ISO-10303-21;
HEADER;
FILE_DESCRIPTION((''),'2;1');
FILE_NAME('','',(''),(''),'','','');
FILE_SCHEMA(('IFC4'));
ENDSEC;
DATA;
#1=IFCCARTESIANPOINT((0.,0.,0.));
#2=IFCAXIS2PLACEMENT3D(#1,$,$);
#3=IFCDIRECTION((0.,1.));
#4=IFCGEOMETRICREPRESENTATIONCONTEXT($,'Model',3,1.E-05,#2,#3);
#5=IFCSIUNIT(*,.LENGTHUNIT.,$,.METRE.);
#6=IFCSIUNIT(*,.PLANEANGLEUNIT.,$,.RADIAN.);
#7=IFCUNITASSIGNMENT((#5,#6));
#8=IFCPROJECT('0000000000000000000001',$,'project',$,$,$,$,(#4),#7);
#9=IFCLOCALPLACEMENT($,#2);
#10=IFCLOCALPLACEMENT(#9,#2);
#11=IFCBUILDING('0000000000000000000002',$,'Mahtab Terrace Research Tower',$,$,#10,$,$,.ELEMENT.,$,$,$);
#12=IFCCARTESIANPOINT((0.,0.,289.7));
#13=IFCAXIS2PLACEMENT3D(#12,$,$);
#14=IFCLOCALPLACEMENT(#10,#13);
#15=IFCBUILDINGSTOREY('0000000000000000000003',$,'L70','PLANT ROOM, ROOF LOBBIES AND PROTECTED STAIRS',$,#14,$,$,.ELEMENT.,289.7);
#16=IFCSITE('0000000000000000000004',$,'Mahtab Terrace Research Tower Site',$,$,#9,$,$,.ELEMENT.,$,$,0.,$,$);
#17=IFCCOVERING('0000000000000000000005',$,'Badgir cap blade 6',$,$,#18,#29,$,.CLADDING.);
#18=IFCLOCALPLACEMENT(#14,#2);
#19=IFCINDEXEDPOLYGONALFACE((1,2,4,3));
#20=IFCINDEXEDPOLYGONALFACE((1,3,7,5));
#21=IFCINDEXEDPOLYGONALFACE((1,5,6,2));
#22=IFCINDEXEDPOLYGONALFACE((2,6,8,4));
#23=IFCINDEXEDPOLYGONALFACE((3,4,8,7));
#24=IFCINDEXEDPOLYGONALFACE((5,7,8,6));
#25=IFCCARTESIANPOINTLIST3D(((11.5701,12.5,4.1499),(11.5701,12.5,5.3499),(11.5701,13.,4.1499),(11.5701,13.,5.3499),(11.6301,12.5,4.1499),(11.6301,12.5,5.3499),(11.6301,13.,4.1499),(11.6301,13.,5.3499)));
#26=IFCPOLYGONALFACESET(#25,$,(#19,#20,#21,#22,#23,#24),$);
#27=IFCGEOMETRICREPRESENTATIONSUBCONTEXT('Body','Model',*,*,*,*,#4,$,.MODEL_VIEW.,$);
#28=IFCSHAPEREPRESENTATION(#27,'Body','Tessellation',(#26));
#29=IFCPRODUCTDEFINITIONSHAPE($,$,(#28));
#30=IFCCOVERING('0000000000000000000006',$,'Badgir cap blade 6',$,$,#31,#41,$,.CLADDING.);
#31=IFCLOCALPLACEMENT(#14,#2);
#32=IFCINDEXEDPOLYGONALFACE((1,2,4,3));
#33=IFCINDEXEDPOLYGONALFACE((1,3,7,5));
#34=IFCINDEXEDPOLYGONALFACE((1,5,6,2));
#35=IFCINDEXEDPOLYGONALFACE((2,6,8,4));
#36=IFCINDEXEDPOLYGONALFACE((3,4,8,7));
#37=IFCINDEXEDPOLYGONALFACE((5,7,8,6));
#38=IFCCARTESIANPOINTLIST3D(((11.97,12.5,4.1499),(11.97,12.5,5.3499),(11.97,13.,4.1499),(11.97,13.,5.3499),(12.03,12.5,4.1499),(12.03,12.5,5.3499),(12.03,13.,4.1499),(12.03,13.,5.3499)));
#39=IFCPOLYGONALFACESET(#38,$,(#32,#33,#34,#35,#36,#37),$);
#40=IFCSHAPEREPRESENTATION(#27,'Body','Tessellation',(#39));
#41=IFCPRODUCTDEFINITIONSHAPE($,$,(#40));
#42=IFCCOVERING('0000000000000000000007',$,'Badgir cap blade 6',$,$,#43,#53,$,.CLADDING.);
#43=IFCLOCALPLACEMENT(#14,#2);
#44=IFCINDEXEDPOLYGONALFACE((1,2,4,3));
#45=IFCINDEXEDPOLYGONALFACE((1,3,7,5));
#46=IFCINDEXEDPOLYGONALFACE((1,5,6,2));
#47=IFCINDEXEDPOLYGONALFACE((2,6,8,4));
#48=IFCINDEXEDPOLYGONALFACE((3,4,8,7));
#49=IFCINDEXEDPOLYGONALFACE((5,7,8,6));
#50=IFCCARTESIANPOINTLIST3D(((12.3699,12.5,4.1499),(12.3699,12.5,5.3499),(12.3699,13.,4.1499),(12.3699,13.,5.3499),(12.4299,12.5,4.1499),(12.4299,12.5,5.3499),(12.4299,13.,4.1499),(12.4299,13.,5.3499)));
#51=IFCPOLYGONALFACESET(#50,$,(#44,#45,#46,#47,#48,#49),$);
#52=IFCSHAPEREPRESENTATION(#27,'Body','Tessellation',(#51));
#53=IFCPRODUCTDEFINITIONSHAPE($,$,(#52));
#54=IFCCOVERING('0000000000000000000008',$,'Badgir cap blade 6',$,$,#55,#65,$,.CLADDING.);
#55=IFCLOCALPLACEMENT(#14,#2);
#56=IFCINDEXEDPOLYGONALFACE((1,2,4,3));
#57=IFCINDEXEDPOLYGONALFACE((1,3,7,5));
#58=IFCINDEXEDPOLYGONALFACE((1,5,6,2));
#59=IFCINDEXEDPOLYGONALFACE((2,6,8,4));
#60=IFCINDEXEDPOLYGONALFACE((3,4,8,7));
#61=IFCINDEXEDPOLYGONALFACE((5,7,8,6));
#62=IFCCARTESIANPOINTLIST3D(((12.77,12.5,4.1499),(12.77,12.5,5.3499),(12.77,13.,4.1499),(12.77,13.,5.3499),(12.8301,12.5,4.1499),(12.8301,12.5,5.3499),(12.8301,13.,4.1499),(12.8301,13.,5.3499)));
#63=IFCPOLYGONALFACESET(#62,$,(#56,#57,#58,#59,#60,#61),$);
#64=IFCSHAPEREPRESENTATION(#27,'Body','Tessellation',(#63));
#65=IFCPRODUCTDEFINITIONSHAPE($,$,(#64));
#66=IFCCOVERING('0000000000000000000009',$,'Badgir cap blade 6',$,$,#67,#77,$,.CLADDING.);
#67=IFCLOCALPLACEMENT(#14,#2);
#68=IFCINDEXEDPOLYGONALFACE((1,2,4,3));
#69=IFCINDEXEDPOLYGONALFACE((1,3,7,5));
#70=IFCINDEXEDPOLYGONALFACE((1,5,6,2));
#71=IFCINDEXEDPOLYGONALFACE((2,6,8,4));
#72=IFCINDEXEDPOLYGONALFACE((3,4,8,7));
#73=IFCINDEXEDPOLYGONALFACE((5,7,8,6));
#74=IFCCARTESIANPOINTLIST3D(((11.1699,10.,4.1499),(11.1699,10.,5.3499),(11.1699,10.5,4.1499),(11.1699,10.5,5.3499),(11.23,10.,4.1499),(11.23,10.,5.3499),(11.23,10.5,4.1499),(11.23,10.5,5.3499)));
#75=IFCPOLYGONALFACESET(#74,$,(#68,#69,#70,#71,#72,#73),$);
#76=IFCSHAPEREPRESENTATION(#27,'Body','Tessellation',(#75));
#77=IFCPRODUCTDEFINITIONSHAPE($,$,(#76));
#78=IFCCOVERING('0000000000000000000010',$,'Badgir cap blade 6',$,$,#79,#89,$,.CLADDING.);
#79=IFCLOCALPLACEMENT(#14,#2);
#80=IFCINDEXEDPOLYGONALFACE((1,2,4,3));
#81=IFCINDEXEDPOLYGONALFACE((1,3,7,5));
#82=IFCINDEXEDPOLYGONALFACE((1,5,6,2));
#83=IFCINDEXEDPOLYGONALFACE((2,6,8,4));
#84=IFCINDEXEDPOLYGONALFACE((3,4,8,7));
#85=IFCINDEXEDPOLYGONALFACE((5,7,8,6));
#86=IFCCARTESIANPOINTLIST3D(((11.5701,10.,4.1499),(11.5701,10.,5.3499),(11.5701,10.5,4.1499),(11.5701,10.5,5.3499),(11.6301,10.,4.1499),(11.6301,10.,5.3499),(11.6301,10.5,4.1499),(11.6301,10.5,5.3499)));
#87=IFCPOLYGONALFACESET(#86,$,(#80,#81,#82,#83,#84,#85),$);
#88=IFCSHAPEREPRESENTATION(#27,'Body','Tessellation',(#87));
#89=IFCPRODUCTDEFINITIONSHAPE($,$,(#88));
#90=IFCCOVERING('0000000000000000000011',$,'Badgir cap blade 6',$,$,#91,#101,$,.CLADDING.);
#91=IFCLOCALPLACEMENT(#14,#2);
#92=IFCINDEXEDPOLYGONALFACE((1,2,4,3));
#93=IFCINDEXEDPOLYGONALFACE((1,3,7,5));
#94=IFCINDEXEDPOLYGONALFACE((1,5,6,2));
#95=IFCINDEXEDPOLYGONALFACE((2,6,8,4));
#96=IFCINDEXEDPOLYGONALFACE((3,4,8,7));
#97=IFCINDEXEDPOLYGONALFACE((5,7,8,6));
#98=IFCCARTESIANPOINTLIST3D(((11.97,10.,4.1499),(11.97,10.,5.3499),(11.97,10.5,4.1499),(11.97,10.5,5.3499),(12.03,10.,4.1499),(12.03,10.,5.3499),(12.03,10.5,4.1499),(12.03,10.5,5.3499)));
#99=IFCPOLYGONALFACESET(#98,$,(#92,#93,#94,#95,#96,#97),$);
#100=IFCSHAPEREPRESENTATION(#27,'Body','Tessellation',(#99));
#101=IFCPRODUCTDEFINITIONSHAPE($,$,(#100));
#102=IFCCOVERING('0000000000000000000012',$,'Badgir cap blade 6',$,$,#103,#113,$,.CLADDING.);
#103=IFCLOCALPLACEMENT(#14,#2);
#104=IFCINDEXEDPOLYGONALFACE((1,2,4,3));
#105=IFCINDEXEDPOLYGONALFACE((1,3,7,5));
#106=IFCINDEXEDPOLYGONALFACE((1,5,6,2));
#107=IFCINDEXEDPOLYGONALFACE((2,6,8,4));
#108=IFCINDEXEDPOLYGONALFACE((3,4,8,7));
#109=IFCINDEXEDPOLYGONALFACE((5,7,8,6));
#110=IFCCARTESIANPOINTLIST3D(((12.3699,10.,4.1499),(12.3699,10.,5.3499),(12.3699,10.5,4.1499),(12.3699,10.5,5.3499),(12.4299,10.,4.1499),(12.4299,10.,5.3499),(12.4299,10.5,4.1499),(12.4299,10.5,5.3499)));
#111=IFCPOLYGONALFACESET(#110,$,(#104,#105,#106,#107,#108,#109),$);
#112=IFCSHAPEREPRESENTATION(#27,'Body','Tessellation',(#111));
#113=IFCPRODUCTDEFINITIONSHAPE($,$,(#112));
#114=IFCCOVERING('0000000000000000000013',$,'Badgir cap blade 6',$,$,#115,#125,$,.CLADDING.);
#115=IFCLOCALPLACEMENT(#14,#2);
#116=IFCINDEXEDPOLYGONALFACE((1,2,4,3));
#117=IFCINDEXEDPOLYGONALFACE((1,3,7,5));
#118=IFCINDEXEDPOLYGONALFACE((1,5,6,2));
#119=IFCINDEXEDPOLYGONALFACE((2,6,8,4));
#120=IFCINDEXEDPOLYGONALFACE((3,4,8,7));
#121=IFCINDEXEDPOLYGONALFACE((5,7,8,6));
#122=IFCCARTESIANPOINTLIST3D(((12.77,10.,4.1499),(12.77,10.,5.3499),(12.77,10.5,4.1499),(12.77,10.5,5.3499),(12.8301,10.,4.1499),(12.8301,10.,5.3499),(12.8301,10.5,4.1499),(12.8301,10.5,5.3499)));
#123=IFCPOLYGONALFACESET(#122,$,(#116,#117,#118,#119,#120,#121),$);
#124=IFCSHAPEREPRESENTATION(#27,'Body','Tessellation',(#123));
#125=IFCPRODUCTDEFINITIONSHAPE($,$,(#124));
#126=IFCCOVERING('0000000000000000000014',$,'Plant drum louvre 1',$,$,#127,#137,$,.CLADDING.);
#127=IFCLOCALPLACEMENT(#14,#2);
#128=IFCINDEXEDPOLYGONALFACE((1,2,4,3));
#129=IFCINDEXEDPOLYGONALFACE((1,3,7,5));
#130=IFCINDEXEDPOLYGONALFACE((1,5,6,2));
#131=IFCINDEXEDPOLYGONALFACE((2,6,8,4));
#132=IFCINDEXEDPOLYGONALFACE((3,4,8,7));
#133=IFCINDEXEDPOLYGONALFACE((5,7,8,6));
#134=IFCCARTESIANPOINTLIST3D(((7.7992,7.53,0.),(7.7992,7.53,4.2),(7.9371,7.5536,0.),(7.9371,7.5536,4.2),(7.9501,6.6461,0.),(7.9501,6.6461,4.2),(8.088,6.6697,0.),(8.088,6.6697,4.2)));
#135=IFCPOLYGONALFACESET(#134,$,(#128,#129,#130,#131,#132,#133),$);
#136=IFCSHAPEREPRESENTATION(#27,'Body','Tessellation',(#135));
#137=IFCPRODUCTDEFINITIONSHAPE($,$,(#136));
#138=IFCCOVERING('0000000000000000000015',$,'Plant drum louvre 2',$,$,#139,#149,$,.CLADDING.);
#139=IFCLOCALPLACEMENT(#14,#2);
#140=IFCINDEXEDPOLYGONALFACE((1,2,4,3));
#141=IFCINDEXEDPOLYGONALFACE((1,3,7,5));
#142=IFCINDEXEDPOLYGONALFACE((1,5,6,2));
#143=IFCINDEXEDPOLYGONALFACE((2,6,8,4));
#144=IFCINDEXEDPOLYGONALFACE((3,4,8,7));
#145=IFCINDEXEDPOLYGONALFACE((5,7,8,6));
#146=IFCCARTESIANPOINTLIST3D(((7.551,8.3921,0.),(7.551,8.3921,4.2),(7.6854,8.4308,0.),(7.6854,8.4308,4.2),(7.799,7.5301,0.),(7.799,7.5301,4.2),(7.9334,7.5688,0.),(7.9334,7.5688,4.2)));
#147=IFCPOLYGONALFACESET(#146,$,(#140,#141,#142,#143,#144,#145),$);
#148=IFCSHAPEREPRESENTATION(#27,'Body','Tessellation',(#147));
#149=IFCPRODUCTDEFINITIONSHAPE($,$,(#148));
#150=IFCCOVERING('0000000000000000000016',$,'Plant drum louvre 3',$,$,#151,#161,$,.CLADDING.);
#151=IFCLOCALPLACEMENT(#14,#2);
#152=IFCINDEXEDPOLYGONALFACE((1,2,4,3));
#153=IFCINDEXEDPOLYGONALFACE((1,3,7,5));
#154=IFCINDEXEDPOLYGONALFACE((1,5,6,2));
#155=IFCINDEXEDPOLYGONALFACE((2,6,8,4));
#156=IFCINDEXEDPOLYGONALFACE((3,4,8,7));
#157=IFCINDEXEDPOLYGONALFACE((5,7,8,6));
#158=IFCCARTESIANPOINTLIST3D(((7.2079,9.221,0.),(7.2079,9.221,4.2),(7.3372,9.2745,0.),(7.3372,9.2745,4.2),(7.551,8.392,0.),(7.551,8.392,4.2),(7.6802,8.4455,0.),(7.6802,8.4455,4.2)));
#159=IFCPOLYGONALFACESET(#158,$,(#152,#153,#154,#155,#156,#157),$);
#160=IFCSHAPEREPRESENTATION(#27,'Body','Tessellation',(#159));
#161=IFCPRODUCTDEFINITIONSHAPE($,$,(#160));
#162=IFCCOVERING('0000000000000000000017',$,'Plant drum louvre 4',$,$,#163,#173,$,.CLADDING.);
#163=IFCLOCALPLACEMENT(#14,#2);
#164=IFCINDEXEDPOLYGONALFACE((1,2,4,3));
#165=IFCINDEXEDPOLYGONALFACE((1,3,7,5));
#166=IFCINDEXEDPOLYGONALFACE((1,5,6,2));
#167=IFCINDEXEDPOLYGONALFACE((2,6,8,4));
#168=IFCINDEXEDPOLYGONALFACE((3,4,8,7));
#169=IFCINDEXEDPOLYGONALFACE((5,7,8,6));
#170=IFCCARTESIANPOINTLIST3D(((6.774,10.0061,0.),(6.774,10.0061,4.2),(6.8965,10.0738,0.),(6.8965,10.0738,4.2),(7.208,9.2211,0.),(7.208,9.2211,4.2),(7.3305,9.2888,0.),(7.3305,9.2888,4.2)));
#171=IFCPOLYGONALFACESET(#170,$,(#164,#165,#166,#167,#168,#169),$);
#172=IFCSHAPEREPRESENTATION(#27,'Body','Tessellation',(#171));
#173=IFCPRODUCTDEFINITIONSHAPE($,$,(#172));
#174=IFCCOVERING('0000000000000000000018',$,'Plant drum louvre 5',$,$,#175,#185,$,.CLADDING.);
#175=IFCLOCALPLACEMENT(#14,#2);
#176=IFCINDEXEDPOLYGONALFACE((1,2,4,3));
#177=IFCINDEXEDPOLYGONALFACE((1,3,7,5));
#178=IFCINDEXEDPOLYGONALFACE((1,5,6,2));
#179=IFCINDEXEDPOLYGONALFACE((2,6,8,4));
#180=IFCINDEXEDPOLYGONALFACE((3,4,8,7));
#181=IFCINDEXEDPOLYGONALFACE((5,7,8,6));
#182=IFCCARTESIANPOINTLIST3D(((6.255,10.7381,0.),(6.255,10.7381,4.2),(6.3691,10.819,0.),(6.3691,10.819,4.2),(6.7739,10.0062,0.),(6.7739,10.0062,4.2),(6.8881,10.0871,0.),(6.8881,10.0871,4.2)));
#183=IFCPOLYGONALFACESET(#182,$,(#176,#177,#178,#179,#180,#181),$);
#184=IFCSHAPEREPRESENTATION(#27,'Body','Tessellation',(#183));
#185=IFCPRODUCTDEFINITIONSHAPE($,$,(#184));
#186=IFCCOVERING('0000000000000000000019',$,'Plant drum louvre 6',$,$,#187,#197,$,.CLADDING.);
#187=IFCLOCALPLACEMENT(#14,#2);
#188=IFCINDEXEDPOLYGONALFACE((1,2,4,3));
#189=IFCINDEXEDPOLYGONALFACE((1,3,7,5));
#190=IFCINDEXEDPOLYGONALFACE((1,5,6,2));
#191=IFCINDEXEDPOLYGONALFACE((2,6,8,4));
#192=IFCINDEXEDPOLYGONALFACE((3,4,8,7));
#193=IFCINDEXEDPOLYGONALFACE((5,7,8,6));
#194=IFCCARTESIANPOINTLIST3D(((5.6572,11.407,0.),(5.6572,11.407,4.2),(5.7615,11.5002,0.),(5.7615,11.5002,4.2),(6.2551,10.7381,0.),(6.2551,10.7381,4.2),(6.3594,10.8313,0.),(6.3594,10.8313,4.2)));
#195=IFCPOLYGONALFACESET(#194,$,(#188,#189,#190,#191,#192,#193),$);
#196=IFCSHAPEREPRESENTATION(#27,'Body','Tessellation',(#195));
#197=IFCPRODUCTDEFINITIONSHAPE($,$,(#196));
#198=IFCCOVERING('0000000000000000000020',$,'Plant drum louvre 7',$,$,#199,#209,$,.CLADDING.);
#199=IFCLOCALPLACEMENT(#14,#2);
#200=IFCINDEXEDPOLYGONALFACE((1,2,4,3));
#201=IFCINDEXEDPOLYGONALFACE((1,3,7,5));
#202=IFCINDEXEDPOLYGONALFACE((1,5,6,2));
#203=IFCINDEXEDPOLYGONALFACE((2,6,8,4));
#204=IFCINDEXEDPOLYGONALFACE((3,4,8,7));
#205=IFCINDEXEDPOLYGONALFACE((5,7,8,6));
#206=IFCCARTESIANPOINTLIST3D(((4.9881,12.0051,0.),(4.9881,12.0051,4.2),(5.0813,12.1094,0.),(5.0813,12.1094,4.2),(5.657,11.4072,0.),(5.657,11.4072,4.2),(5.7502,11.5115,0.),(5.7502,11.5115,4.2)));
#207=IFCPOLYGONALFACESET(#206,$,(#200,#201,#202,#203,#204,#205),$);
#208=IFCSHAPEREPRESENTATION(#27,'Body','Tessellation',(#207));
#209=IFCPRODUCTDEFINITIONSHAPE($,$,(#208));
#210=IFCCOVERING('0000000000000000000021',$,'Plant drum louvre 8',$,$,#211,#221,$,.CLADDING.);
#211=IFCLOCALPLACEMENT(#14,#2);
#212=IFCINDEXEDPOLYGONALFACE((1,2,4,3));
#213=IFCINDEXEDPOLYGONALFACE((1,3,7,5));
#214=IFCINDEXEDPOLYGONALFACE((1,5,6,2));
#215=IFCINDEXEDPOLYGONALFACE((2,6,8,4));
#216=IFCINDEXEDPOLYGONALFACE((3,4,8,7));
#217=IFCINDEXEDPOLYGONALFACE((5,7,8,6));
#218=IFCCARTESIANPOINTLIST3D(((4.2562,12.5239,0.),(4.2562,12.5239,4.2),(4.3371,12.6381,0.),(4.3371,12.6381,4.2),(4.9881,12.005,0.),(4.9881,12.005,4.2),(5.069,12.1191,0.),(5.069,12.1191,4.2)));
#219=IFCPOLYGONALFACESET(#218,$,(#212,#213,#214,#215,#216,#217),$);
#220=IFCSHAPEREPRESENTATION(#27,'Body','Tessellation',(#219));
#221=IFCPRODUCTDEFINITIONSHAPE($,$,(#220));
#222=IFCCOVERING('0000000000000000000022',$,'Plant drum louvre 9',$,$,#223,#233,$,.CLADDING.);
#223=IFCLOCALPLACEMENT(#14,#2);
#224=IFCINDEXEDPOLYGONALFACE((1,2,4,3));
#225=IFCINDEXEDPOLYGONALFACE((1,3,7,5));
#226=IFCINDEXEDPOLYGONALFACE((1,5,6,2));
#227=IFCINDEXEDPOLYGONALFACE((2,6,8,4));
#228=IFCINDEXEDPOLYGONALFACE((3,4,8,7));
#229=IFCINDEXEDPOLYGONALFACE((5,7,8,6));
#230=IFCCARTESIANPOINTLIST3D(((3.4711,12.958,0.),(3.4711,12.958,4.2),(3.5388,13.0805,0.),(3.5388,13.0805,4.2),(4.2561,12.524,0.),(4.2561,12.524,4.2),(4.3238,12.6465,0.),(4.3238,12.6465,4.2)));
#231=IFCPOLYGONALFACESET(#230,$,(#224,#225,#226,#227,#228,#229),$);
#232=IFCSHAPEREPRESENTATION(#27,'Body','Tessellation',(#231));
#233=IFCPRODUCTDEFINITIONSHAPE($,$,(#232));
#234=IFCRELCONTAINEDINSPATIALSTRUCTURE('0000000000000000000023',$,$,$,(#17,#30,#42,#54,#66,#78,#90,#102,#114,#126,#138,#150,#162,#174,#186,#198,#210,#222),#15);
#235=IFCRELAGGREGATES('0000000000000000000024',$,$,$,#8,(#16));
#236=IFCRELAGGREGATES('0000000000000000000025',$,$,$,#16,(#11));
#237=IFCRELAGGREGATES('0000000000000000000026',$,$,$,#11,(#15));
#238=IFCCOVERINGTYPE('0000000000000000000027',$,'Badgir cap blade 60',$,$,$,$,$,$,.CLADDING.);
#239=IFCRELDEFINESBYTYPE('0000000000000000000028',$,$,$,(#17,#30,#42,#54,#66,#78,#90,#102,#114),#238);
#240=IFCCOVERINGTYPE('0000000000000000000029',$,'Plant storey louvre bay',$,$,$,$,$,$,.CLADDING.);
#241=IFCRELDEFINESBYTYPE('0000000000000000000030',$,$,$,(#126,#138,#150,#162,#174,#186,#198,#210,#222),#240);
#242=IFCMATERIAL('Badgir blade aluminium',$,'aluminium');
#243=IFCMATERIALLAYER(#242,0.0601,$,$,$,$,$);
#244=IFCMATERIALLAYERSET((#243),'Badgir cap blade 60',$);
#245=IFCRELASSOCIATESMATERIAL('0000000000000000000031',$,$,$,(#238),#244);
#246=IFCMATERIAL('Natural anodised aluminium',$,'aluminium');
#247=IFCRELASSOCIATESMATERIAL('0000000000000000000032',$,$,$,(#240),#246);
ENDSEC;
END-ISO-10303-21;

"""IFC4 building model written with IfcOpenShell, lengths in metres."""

from ifc_helpers import new_model, si_unit, direction, frame, origin, origin_2d, place, context, subcontext, project, spatial, rectangle, extrude, material, layer, layer_set, type_object, element, save


model = new_model("IFC4")

# Units and contexts
model_context = context("Model", 3, precision=1e-05, world=origin(), true_north=direction((0.0, 1.0)))
body_context = subcontext(model_context, "Body", "Model", "MODEL_VIEW")
ifc_project = project(units=[si_unit("LENGTHUNIT", "METRE"), si_unit("PLANEANGLEUNIT", "RADIAN")], contexts=[model_context])

# Site, building, storey
site_placement = place(None, origin())
site = spatial("IfcSite", under=ifc_project, at=site_placement, Name="Mahtab Terrace Research Tower Site", CompositionType="ELEMENT", RefElevation=0.0)
building_placement = place(site_placement, origin())
building = spatial("IfcBuilding", under=site, at=building_placement, Name="Mahtab Terrace Research Tower", CompositionType="ELEMENT")
storey_placement = place(building_placement, frame((0.0, 0.0, 289.7)))
storey = spatial("IfcBuildingStorey", under=building, at=storey_placement, Name="L70", Description="PLANT ROOM, ROOF LOBBIES AND PROTECTED STAIRS", CompositionType="ELEMENT", Elevation=289.7)

# Coverings
ifc_material_1 = material(Name="Badgir blade aluminium", Category="aluminium")
ifc_layer_1 = layer(ifc_material_1, 0.0601)
ifc_layer_set_1 = layer_set([ifc_layer_1], Name="Badgir cap blade 60")
covering_type_1 = type_object("IfcCoveringType", Name="Badgir cap blade 60", PredefinedType="CLADDING", material=ifc_layer_set_1)
for number, where, z_axis, x_axis, name in (
    (1, (11.6001, 12.75, 4.1499), (0.0, 0.0, 1.0), (1.0, 0.0, 0.0), "Badgir cap blade 6"),
    (2, (12.0, 12.75, 4.1499), (0.0, 0.0, 1.0), (1.0, 0.0, 0.0), "Badgir cap blade 6"),
    (3, (12.3999, 12.75, 4.1499), (0.0, 0.0, 1.0), (1.0, 0.0, 0.0), "Badgir cap blade 6"),
    (4, (12.8, 12.75, 4.1499), (0.0, 0.0, 1.0), (1.0, 0.0, 0.0), "Badgir cap blade 6"),
    (5, (11.2, 10.25, 4.1499), (0.0, 0.0, 1.0), (1.0, 0.0, 0.0), "Badgir cap blade 6"),
    (6, (11.6001, 10.25, 4.1499), (0.0, 0.0, 1.0), (1.0, 0.0, 0.0), "Badgir cap blade 6"),
    (7, (12.0, 10.25, 4.1499), (0.0, 0.0, 1.0), (1.0, 0.0, 0.0), "Badgir cap blade 6"),
    (8, (12.3999, 10.25, 4.1499), (0.0, 0.0, 1.0), (1.0, 0.0, 0.0), "Badgir cap blade 6"),
    (9, (12.8, 10.25, 4.1499), (0.0, 0.0, 1.0), (1.0, 0.0, 0.0), "Badgir cap blade 6"),
):
    element("IfcCovering", number, at=place(storey_placement, frame(where, z_axis=z_axis, x_axis=x_axis)), inside=storey, type_object=covering_type_1, Name=name, PredefinedType="CLADDING", context=body_context, shape_type="SweptSolid", body=[
        extrude(rectangle(XDim=0.0601, YDim=0.5, at=origin_2d()), origin(), (0.0, 0.0, 1.0), 1.2),
    ])
ifc_material_2 = material(Name="Natural anodised aluminium", Category="aluminium")
covering_type_2 = type_object("IfcCoveringType", Name="Plant storey louvre bay", PredefinedType="CLADDING", material=ifc_material_2)
covering_1_placement = place(storey_placement, frame((7.9436, 7.0999, 0.0), z_axis=(0.0, 0.0, 1.0), x_axis=(-0.168376, 0.985723, 0.0)))
element("IfcCovering", 10, at=covering_1_placement, inside=storey, type_object=covering_type_2, Name="Plant drum louvre 1", PredefinedType="CLADDING", context=body_context, shape_type="SweptSolid", body=[
    extrude(rectangle(XDim=0.8967, YDim=0.1399, at=origin_2d()), origin(), (0.0, 0.0, 1.0), 4.2),
])
covering_2_placement = place(storey_placement, frame((7.7422, 7.9805, 0.0), z_axis=(0.0, 0.0, 1.0), x_axis=(-0.276488, 0.961017, 0.0)))
element("IfcCovering", 11, at=covering_2_placement, inside=storey, type_object=covering_type_2, Name="Plant drum louvre 2", PredefinedType="CLADDING", context=body_context, shape_type="SweptSolid", body=[
    extrude(rectangle(XDim=0.897, YDim=0.1399, at=origin_2d()), origin(), (0.0, 0.0, 1.0), 4.2),
])
covering_3_placement = place(storey_placement, frame((7.4441, 8.8333, 0.0), z_axis=(0.0, 0.0, 1.0), x_axis=(-0.382319, 0.92403, 0.0)))
element("IfcCovering", 12, at=covering_3_placement, inside=storey, type_object=covering_type_2, Name="Plant drum louvre 3", PredefinedType="CLADDING", context=body_context, shape_type="SweptSolid", body=[
    extrude(rectangle(XDim=0.8972, YDim=0.1399, at=origin_2d()), origin(), (0.0, 0.0, 1.0), 4.2),
])
covering_4_placement = place(storey_placement, frame((7.0522, 9.6475, 0.0), z_axis=(0.0, 0.0, 1.0), x_axis=(-0.483843, 0.875155, 0.0)))
element("IfcCovering", 13, at=covering_4_placement, inside=storey, type_object=covering_type_2, Name="Plant drum louvre 4", PredefinedType="CLADDING", context=body_context, shape_type="SweptSolid", body=[
    extrude(rectangle(XDim=0.897, YDim=0.1399, at=origin_2d()), origin(), (0.0, 0.0, 1.0), 4.2),
])
for number, where, z_axis, x_axis, name in (
    (14, (6.5715, 10.4126, 0.0), (0.0, 0.0, 1.0), (-0.578388, 0.815762, 0.0), "Plant drum louvre 5"),
    (15, (6.0083, 11.1191, 0.0), (0.0, 0.0, 1.0), (-0.666436, 0.745562, 0.0), "Plant drum louvre 6"),
    (16, (5.3691, 11.7583, 0.0), (0.0, 0.0, 1.0), (-0.745562, 0.666436, 0.0), "Plant drum louvre 7"),
    (17, (4.6626, 12.3215, 0.0), (0.0, 0.0, 1.0), (-0.815762, 0.578388, 0.0), "Plant drum louvre 8"),
):
    element("IfcCovering", number, at=place(storey_placement, frame(where, z_axis=z_axis, x_axis=x_axis)), inside=storey, type_object=covering_type_2, Name=name, PredefinedType="CLADDING", context=body_context, shape_type="SweptSolid", body=[
        extrude(rectangle(XDim=0.8972, YDim=0.1399, at=origin_2d()), origin(), (0.0, 0.0, 1.0), 4.2),
    ])
covering_5_placement = place(storey_placement, frame((3.8975, 12.8022, 0.0), z_axis=(0.0, 0.0, 1.0), x_axis=(-0.875155, 0.483843, 0.0)))
element("IfcCovering", 18, at=covering_5_placement, inside=storey, type_object=covering_type_2, Name="Plant drum louvre 9", PredefinedType="CLADDING", context=body_context, shape_type="SweptSolid", body=[
    extrude(rectangle(XDim=0.897, YDim=0.1399, at=origin_2d()), origin(), (0.0, 0.0, 1.0), 4.2),
])

save(model, "model.ifc")
